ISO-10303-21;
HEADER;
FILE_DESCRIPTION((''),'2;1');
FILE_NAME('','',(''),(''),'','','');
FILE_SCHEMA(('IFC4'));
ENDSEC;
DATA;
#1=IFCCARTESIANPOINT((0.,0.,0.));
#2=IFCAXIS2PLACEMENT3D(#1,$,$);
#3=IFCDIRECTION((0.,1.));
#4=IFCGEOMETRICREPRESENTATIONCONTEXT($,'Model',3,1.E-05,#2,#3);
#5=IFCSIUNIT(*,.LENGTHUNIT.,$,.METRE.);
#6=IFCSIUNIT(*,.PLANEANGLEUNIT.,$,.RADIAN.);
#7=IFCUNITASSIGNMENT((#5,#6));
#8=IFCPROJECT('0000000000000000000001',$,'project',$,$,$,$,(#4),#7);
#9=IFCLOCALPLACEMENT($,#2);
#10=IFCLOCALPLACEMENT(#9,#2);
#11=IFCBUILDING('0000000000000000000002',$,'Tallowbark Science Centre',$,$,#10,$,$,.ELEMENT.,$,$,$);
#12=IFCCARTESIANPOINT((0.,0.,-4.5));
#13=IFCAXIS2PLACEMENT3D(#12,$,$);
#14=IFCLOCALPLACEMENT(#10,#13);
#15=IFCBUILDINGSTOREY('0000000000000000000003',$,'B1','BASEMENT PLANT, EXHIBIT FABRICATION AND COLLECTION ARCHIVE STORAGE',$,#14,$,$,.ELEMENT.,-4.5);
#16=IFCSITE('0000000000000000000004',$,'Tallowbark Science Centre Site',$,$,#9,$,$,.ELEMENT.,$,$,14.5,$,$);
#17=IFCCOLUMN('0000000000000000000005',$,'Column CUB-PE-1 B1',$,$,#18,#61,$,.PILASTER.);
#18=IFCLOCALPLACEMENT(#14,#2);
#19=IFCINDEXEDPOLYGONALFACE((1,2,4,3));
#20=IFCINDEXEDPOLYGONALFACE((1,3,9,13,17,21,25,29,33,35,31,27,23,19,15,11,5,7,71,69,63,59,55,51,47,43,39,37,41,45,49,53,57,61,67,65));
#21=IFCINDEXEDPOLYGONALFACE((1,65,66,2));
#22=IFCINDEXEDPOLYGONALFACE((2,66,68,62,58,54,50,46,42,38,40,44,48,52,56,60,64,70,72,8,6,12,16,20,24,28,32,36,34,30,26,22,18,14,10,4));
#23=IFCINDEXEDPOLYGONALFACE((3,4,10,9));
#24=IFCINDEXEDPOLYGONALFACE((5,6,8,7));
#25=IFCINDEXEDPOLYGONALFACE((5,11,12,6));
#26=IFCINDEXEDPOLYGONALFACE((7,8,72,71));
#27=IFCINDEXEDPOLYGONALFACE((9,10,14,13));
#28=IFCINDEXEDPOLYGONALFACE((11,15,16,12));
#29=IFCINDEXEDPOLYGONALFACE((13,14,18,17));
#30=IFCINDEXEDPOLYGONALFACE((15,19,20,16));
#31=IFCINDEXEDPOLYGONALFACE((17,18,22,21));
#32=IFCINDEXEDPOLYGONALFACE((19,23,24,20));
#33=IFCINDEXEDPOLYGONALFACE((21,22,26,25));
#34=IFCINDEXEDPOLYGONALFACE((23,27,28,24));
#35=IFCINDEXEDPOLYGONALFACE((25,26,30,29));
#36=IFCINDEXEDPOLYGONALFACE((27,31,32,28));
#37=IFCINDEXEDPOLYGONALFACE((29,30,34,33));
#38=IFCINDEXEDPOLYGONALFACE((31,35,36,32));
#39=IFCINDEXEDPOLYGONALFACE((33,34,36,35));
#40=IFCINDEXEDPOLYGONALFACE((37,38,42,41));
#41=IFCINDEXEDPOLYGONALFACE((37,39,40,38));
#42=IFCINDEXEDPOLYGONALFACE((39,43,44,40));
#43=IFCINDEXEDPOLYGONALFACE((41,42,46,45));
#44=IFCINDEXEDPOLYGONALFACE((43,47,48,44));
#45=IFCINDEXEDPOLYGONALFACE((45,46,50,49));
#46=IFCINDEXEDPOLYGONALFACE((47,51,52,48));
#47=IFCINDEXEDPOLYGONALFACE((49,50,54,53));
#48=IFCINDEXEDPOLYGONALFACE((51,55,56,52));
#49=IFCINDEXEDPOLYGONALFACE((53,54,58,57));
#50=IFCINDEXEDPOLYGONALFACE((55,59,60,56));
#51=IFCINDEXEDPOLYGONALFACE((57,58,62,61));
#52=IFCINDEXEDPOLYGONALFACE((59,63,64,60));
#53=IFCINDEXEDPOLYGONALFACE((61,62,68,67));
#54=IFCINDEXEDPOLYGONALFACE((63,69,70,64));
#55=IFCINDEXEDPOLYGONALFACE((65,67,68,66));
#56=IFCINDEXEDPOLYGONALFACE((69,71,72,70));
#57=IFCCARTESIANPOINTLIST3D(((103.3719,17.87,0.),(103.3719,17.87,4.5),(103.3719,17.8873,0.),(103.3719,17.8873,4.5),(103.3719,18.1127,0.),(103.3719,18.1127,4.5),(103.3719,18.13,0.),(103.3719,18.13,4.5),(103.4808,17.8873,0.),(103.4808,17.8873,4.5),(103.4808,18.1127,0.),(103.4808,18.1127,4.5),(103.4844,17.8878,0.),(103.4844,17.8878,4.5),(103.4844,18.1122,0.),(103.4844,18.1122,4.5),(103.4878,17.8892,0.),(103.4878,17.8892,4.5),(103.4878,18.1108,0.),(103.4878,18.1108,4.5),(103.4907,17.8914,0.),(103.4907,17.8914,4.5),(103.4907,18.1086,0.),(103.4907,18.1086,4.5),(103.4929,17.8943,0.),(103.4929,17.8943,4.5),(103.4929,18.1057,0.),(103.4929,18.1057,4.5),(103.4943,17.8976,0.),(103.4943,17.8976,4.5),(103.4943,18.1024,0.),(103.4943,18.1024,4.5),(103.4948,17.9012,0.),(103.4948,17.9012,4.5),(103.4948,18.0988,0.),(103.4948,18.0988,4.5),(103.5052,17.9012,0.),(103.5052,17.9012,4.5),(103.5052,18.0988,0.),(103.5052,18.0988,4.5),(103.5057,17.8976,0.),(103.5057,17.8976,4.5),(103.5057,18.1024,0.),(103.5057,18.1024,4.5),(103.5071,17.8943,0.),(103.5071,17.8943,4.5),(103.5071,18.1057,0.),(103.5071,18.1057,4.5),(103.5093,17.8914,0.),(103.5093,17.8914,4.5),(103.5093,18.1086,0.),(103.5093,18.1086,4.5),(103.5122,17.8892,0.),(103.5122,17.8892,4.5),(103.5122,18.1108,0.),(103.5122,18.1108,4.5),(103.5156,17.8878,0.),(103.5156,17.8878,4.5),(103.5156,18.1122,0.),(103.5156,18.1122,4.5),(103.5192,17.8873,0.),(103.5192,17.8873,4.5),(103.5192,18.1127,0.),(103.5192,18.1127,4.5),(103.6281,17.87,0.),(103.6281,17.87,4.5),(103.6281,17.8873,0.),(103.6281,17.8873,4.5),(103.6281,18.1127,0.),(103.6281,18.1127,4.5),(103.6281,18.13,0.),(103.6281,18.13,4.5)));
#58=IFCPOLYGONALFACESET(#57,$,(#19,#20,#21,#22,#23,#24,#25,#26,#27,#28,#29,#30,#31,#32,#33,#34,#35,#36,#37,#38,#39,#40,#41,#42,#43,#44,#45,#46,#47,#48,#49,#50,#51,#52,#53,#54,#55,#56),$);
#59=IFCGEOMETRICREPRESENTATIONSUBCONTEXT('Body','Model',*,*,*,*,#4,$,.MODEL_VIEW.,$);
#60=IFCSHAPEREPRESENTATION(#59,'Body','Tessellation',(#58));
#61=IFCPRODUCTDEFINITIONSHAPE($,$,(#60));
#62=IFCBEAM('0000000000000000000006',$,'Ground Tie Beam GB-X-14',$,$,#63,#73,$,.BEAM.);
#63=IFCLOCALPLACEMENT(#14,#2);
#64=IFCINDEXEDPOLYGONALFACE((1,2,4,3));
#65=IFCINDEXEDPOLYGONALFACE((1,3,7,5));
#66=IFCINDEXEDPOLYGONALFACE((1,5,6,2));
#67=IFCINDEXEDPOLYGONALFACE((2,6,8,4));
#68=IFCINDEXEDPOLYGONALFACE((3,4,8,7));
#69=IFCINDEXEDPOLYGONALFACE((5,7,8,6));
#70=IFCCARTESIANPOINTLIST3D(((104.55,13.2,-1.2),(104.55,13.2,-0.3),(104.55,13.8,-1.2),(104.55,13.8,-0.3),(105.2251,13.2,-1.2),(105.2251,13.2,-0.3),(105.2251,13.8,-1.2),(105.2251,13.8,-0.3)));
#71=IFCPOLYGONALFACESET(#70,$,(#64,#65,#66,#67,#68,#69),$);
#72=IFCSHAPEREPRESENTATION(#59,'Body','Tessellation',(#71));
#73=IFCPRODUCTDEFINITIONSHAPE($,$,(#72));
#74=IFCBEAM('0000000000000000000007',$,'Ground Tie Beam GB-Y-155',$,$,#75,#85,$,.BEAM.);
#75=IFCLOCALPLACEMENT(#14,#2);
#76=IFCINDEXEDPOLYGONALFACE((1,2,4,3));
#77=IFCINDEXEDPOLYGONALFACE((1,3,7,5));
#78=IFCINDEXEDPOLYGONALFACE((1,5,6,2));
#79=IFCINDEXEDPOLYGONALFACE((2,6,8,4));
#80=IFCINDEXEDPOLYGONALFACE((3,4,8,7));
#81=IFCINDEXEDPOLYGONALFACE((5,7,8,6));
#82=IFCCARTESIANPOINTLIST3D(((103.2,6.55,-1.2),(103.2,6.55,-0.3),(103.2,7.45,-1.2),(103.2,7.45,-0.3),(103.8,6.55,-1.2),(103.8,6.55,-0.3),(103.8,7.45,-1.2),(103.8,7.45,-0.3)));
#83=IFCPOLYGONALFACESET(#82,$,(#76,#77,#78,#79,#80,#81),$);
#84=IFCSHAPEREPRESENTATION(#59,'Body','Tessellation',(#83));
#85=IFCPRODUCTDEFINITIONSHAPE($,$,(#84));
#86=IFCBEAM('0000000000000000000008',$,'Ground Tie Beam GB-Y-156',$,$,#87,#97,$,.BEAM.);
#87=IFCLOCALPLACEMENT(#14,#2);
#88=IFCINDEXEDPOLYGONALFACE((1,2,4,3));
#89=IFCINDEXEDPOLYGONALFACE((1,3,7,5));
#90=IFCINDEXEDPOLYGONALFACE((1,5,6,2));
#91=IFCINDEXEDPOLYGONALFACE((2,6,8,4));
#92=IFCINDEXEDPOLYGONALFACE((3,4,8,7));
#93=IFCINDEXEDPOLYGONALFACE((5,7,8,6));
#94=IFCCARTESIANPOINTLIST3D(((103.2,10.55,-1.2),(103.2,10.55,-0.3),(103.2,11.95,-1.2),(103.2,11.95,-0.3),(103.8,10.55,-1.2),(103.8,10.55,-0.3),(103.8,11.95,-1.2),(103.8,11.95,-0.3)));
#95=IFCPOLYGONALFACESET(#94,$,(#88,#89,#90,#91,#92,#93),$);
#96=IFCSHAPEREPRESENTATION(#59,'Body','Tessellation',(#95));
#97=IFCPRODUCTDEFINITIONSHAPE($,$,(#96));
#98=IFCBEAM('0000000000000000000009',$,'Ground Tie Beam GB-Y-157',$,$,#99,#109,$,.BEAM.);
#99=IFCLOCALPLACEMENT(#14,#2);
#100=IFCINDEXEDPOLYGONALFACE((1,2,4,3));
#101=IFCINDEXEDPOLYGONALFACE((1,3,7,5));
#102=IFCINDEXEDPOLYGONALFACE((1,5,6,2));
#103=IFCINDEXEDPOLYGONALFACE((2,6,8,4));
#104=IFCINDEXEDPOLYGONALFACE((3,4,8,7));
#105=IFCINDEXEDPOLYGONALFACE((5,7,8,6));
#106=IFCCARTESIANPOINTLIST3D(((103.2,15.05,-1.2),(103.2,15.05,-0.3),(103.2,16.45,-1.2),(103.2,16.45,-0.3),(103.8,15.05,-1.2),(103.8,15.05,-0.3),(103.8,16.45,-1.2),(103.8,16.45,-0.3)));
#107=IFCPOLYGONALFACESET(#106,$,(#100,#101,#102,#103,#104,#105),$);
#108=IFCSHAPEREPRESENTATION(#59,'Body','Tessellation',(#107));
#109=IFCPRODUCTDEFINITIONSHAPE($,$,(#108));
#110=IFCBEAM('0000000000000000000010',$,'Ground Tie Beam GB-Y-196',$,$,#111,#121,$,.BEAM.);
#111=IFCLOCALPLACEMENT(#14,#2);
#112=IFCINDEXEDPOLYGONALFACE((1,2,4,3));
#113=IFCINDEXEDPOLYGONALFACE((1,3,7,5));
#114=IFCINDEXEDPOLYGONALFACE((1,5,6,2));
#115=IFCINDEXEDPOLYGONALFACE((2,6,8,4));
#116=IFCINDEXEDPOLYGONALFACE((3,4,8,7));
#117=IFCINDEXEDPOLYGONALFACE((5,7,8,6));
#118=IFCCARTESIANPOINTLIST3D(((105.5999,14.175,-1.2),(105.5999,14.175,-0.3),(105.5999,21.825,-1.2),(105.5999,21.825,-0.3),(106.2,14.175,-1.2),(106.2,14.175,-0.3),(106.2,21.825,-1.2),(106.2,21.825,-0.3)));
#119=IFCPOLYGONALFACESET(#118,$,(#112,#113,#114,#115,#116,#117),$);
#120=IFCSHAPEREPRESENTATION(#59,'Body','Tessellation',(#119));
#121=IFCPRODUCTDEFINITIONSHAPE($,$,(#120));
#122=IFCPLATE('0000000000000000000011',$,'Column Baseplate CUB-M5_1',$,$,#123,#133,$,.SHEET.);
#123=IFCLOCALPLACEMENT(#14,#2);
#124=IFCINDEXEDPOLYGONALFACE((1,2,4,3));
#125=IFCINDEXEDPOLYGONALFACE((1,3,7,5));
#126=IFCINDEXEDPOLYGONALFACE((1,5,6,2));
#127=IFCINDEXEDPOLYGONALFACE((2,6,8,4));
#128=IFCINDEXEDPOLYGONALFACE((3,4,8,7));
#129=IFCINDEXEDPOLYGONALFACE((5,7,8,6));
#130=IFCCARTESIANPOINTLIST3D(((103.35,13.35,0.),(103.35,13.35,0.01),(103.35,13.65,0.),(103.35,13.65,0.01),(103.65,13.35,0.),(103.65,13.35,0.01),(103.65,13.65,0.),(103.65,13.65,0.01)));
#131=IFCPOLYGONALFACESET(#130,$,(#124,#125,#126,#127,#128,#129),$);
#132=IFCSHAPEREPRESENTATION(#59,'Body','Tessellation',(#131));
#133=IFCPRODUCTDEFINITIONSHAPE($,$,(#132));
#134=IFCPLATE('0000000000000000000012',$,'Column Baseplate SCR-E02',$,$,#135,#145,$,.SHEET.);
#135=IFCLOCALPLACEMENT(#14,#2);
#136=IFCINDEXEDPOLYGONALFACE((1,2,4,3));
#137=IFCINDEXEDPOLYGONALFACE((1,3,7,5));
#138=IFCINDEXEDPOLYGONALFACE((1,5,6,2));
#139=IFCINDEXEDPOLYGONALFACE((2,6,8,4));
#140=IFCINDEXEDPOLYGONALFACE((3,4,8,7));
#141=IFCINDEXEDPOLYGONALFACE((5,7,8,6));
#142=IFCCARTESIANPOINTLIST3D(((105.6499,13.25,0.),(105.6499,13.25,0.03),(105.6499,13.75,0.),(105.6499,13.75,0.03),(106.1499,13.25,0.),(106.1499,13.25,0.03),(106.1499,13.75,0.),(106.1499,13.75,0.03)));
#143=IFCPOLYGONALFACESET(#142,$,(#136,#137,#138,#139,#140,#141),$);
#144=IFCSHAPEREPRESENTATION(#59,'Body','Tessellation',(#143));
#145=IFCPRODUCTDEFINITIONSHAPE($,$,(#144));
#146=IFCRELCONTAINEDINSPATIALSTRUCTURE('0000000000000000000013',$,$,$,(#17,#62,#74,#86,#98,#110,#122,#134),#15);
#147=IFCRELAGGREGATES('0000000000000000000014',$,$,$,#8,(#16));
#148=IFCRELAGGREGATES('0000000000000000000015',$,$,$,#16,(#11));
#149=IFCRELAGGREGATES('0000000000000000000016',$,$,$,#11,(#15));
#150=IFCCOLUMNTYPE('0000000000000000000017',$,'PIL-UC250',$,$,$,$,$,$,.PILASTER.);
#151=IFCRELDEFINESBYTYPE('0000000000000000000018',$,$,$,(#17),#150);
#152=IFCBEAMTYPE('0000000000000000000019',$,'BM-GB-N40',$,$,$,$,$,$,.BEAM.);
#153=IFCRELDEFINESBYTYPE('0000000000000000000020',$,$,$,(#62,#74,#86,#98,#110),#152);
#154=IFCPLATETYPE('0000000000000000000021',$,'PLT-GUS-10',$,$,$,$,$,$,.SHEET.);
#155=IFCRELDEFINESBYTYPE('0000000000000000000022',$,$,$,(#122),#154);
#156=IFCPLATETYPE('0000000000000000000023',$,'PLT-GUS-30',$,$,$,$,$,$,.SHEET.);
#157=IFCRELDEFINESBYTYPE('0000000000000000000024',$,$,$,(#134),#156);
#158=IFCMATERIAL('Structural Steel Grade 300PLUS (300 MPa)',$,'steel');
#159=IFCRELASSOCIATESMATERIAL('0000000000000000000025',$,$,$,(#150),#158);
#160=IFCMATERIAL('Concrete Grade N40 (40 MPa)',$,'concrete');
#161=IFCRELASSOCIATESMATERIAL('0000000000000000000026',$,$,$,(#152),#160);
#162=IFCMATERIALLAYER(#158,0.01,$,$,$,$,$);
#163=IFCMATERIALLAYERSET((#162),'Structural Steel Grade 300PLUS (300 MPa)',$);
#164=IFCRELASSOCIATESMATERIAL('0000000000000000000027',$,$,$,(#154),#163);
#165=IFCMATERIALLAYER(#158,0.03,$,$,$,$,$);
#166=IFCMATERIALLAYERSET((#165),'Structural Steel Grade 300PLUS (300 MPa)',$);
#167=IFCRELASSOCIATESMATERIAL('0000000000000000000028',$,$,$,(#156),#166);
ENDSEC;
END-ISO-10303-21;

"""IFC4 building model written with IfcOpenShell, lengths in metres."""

from ifc_helpers import new_model, si_unit, direction, frame, origin, origin_2d, place, context, subcontext, project, spatial, rectangle, i_section, extrude, material, layer, layer_set, material_profile, profile_set, type_object, element, save


model = new_model("IFC4")

# Units and contexts
model_context = context("Model", 3, precision=1e-05, world=origin(), true_north=direction((0.0, 1.0)))
body_context = subcontext(model_context, "Body", "Model", "MODEL_VIEW")
ifc_project = project(units=[si_unit("LENGTHUNIT", "METRE"), si_unit("PLANEANGLEUNIT", "RADIAN")], contexts=[model_context])

# Site, building, storey
site_placement = place(None, origin())
site = spatial("IfcSite", under=ifc_project, at=site_placement, Name="Tallowbark Science Centre Site", CompositionType="ELEMENT", RefElevation=14.5)
building_placement = place(site_placement, origin())
building = spatial("IfcBuilding", under=site, at=building_placement, Name="Tallowbark Science Centre", CompositionType="ELEMENT")
storey_placement = place(building_placement, frame((0.0, 0.0, -4.5)))
storey = spatial("IfcBuildingStorey", under=building, at=storey_placement, Name="B1", Description="BASEMENT PLANT, EXHIBIT FABRICATION AND COLLECTION ARCHIVE STORAGE", CompositionType="ELEMENT", Elevation=-4.5)

# Shared definitions
ifc_material_1 = material(Name="Concrete Grade N40 (40 MPa)", Category="concrete")

# Column
ifc_material_2 = material(Name="Structural Steel Grade 300PLUS (300 MPa)", Category="steel")
ifc_material_profile_1 = material_profile(ifc_material_2, i_section(OverallWidth=0.2561, OverallDepth=0.26, WebThickness=0.0105, FlangeThickness=0.0173, FilletRadius=0.0139, at=origin_2d()), Name="250UC89.5")
ifc_profile_set_1 = profile_set([ifc_material_profile_1], Name="Structural Steel Grade 300PLUS (300 MPa)")
column_type_1 = type_object("IfcColumnType", Name="PIL-UC250", PredefinedType="PILASTER", material=ifc_profile_set_1)
for number, where, z_axis, x_axis, name in (
    (1, (103.5, 18.0, 0.0), (0.0, 0.0, 1.0), (1.0, 0.0, 0.0), "Column CUB-PE-1 B1"),
):
    element("IfcColumn", number, at=place(storey_placement, frame(where, z_axis=z_axis, x_axis=x_axis)), inside=storey, type_object=column_type_1, Name=name, PredefinedType="PILASTER", context=body_context, shape_type="SweptSolid", body=[
        extrude(i_section(OverallWidth=0.2561, OverallDepth=0.26, WebThickness=0.0105, FlangeThickness=0.0173, FilletRadius=0.0139, at=origin_2d()), origin(), (0.0, 0.0, 1.0), 4.5),
    ])

# Beams
ifc_material_profile_2 = material_profile(ifc_material_1, rectangle(XDim=0.6001, YDim=0.8999, at=origin_2d()), Name="RC600x900")
ifc_profile_set_2 = profile_set([ifc_material_profile_2], Name="Concrete Grade N40 (40 MPa)")
beam_type = type_object("IfcBeamType", Name="BM-GB-N40", PredefinedType="BEAM", material=ifc_profile_set_2)
beam_1_placement = place(storey_placement, frame((104.55, 13.5, -0.75), z_axis=(1.0, 0.0, 0.0), x_axis=(0.0, 1.0, 0.0)))
element("IfcBeam", 2, at=beam_1_placement, inside=storey, type_object=beam_type, Name="Ground Tie Beam GB-X-14", PredefinedType="BEAM", context=body_context, shape_type="SweptSolid", body=[
    extrude(rectangle(XDim=0.6001, YDim=0.8999, at=origin_2d()), origin(), (0.0, 0.0, 1.0), 0.675),
])
beam_2_placement = place(storey_placement, frame((103.5, 6.55, -0.75), z_axis=(0.0, 1.0, 0.0), x_axis=(-1.0, 0.0, 0.0)))
element("IfcBeam", 3, at=beam_2_placement, inside=storey, type_object=beam_type, Name="Ground Tie Beam GB-Y-155", PredefinedType="BEAM", context=body_context, shape_type="SweptSolid", body=[
    extrude(rectangle(XDim=0.6001, YDim=0.8999, at=origin_2d()), origin(), (0.0, 0.0, 1.0), 0.8999),
])
for number, where, z_axis, x_axis, name in (
    (4, (103.5, 10.55, -0.75), (0.0, 1.0, 0.0), (-1.0, 0.0, 0.0), "Ground Tie Beam GB-Y-156"),
    (5, (103.5, 15.05, -0.75), (0.0, 1.0, 0.0), (-1.0, 0.0, 0.0), "Ground Tie Beam GB-Y-157"),
):
    element("IfcBeam", number, at=place(storey_placement, frame(where, z_axis=z_axis, x_axis=x_axis)), inside=storey, type_object=beam_type, Name=name, PredefinedType="BEAM", context=body_context, shape_type="SweptSolid", body=[
        extrude(rectangle(XDim=0.6001, YDim=0.8999, at=origin_2d()), origin(), (0.0, 0.0, 1.0), 1.3999),
    ])
beam_3_placement = place(storey_placement, frame((105.8999, 14.175, -0.75), z_axis=(0.0, 1.0, 0.0), x_axis=(-1.0, 0.0, 0.0)))
element("IfcBeam", 6, at=beam_3_placement, inside=storey, type_object=beam_type, Name="Ground Tie Beam GB-Y-196", PredefinedType="BEAM", context=body_context, shape_type="SweptSolid", body=[
    extrude(rectangle(XDim=0.6001, YDim=0.8999, at=origin_2d()), origin(), (0.0, 0.0, 1.0), 7.6499),
])

# Plates
ifc_layer_1 = layer(ifc_material_2, 0.01)
ifc_layer_set_1 = layer_set([ifc_layer_1], Name="Structural Steel Grade 300PLUS (300 MPa)")
plate_type_1 = type_object("IfcPlateType", Name="PLT-GUS-10", PredefinedType="SHEET", material=ifc_layer_set_1)
plate_1_placement = place(storey_placement, frame((103.5, 13.5, 0.0), z_axis=(0.0, 0.0, 1.0), x_axis=(1.0, 0.0, 0.0)))
element("IfcPlate", 7, at=plate_1_placement, inside=storey, type_object=plate_type_1, Name="Column Baseplate CUB-M5_1", PredefinedType="SHEET", context=body_context, shape_type="SweptSolid", body=[
    extrude(rectangle(XDim=0.3, YDim=0.3, at=origin_2d()), origin(), (0.0, 0.0, 1.0), 0.01),
])
ifc_layer_2 = layer(ifc_material_2, 0.03)
ifc_layer_set_2 = layer_set([ifc_layer_2], Name="Structural Steel Grade 300PLUS (300 MPa)")
plate_type_2 = type_object("IfcPlateType", Name="PLT-GUS-30", PredefinedType="SHEET", material=ifc_layer_set_2)
plate_2_placement = place(storey_placement, frame((105.8999, 13.5, 0.0), z_axis=(0.0, 0.0, 1.0), x_axis=(1.0, 0.0, 0.0)))
element("IfcPlate", 8, at=plate_2_placement, inside=storey, type_object=plate_type_2, Name="Column Baseplate SCR-E02", PredefinedType="SHEET", context=body_context, shape_type="SweptSolid", body=[
    extrude(rectangle(XDim=0.5, YDim=0.5, at=origin_2d()), origin(), (0.0, 0.0, 1.0), 0.03),
])

save(model, "model.ifc")
